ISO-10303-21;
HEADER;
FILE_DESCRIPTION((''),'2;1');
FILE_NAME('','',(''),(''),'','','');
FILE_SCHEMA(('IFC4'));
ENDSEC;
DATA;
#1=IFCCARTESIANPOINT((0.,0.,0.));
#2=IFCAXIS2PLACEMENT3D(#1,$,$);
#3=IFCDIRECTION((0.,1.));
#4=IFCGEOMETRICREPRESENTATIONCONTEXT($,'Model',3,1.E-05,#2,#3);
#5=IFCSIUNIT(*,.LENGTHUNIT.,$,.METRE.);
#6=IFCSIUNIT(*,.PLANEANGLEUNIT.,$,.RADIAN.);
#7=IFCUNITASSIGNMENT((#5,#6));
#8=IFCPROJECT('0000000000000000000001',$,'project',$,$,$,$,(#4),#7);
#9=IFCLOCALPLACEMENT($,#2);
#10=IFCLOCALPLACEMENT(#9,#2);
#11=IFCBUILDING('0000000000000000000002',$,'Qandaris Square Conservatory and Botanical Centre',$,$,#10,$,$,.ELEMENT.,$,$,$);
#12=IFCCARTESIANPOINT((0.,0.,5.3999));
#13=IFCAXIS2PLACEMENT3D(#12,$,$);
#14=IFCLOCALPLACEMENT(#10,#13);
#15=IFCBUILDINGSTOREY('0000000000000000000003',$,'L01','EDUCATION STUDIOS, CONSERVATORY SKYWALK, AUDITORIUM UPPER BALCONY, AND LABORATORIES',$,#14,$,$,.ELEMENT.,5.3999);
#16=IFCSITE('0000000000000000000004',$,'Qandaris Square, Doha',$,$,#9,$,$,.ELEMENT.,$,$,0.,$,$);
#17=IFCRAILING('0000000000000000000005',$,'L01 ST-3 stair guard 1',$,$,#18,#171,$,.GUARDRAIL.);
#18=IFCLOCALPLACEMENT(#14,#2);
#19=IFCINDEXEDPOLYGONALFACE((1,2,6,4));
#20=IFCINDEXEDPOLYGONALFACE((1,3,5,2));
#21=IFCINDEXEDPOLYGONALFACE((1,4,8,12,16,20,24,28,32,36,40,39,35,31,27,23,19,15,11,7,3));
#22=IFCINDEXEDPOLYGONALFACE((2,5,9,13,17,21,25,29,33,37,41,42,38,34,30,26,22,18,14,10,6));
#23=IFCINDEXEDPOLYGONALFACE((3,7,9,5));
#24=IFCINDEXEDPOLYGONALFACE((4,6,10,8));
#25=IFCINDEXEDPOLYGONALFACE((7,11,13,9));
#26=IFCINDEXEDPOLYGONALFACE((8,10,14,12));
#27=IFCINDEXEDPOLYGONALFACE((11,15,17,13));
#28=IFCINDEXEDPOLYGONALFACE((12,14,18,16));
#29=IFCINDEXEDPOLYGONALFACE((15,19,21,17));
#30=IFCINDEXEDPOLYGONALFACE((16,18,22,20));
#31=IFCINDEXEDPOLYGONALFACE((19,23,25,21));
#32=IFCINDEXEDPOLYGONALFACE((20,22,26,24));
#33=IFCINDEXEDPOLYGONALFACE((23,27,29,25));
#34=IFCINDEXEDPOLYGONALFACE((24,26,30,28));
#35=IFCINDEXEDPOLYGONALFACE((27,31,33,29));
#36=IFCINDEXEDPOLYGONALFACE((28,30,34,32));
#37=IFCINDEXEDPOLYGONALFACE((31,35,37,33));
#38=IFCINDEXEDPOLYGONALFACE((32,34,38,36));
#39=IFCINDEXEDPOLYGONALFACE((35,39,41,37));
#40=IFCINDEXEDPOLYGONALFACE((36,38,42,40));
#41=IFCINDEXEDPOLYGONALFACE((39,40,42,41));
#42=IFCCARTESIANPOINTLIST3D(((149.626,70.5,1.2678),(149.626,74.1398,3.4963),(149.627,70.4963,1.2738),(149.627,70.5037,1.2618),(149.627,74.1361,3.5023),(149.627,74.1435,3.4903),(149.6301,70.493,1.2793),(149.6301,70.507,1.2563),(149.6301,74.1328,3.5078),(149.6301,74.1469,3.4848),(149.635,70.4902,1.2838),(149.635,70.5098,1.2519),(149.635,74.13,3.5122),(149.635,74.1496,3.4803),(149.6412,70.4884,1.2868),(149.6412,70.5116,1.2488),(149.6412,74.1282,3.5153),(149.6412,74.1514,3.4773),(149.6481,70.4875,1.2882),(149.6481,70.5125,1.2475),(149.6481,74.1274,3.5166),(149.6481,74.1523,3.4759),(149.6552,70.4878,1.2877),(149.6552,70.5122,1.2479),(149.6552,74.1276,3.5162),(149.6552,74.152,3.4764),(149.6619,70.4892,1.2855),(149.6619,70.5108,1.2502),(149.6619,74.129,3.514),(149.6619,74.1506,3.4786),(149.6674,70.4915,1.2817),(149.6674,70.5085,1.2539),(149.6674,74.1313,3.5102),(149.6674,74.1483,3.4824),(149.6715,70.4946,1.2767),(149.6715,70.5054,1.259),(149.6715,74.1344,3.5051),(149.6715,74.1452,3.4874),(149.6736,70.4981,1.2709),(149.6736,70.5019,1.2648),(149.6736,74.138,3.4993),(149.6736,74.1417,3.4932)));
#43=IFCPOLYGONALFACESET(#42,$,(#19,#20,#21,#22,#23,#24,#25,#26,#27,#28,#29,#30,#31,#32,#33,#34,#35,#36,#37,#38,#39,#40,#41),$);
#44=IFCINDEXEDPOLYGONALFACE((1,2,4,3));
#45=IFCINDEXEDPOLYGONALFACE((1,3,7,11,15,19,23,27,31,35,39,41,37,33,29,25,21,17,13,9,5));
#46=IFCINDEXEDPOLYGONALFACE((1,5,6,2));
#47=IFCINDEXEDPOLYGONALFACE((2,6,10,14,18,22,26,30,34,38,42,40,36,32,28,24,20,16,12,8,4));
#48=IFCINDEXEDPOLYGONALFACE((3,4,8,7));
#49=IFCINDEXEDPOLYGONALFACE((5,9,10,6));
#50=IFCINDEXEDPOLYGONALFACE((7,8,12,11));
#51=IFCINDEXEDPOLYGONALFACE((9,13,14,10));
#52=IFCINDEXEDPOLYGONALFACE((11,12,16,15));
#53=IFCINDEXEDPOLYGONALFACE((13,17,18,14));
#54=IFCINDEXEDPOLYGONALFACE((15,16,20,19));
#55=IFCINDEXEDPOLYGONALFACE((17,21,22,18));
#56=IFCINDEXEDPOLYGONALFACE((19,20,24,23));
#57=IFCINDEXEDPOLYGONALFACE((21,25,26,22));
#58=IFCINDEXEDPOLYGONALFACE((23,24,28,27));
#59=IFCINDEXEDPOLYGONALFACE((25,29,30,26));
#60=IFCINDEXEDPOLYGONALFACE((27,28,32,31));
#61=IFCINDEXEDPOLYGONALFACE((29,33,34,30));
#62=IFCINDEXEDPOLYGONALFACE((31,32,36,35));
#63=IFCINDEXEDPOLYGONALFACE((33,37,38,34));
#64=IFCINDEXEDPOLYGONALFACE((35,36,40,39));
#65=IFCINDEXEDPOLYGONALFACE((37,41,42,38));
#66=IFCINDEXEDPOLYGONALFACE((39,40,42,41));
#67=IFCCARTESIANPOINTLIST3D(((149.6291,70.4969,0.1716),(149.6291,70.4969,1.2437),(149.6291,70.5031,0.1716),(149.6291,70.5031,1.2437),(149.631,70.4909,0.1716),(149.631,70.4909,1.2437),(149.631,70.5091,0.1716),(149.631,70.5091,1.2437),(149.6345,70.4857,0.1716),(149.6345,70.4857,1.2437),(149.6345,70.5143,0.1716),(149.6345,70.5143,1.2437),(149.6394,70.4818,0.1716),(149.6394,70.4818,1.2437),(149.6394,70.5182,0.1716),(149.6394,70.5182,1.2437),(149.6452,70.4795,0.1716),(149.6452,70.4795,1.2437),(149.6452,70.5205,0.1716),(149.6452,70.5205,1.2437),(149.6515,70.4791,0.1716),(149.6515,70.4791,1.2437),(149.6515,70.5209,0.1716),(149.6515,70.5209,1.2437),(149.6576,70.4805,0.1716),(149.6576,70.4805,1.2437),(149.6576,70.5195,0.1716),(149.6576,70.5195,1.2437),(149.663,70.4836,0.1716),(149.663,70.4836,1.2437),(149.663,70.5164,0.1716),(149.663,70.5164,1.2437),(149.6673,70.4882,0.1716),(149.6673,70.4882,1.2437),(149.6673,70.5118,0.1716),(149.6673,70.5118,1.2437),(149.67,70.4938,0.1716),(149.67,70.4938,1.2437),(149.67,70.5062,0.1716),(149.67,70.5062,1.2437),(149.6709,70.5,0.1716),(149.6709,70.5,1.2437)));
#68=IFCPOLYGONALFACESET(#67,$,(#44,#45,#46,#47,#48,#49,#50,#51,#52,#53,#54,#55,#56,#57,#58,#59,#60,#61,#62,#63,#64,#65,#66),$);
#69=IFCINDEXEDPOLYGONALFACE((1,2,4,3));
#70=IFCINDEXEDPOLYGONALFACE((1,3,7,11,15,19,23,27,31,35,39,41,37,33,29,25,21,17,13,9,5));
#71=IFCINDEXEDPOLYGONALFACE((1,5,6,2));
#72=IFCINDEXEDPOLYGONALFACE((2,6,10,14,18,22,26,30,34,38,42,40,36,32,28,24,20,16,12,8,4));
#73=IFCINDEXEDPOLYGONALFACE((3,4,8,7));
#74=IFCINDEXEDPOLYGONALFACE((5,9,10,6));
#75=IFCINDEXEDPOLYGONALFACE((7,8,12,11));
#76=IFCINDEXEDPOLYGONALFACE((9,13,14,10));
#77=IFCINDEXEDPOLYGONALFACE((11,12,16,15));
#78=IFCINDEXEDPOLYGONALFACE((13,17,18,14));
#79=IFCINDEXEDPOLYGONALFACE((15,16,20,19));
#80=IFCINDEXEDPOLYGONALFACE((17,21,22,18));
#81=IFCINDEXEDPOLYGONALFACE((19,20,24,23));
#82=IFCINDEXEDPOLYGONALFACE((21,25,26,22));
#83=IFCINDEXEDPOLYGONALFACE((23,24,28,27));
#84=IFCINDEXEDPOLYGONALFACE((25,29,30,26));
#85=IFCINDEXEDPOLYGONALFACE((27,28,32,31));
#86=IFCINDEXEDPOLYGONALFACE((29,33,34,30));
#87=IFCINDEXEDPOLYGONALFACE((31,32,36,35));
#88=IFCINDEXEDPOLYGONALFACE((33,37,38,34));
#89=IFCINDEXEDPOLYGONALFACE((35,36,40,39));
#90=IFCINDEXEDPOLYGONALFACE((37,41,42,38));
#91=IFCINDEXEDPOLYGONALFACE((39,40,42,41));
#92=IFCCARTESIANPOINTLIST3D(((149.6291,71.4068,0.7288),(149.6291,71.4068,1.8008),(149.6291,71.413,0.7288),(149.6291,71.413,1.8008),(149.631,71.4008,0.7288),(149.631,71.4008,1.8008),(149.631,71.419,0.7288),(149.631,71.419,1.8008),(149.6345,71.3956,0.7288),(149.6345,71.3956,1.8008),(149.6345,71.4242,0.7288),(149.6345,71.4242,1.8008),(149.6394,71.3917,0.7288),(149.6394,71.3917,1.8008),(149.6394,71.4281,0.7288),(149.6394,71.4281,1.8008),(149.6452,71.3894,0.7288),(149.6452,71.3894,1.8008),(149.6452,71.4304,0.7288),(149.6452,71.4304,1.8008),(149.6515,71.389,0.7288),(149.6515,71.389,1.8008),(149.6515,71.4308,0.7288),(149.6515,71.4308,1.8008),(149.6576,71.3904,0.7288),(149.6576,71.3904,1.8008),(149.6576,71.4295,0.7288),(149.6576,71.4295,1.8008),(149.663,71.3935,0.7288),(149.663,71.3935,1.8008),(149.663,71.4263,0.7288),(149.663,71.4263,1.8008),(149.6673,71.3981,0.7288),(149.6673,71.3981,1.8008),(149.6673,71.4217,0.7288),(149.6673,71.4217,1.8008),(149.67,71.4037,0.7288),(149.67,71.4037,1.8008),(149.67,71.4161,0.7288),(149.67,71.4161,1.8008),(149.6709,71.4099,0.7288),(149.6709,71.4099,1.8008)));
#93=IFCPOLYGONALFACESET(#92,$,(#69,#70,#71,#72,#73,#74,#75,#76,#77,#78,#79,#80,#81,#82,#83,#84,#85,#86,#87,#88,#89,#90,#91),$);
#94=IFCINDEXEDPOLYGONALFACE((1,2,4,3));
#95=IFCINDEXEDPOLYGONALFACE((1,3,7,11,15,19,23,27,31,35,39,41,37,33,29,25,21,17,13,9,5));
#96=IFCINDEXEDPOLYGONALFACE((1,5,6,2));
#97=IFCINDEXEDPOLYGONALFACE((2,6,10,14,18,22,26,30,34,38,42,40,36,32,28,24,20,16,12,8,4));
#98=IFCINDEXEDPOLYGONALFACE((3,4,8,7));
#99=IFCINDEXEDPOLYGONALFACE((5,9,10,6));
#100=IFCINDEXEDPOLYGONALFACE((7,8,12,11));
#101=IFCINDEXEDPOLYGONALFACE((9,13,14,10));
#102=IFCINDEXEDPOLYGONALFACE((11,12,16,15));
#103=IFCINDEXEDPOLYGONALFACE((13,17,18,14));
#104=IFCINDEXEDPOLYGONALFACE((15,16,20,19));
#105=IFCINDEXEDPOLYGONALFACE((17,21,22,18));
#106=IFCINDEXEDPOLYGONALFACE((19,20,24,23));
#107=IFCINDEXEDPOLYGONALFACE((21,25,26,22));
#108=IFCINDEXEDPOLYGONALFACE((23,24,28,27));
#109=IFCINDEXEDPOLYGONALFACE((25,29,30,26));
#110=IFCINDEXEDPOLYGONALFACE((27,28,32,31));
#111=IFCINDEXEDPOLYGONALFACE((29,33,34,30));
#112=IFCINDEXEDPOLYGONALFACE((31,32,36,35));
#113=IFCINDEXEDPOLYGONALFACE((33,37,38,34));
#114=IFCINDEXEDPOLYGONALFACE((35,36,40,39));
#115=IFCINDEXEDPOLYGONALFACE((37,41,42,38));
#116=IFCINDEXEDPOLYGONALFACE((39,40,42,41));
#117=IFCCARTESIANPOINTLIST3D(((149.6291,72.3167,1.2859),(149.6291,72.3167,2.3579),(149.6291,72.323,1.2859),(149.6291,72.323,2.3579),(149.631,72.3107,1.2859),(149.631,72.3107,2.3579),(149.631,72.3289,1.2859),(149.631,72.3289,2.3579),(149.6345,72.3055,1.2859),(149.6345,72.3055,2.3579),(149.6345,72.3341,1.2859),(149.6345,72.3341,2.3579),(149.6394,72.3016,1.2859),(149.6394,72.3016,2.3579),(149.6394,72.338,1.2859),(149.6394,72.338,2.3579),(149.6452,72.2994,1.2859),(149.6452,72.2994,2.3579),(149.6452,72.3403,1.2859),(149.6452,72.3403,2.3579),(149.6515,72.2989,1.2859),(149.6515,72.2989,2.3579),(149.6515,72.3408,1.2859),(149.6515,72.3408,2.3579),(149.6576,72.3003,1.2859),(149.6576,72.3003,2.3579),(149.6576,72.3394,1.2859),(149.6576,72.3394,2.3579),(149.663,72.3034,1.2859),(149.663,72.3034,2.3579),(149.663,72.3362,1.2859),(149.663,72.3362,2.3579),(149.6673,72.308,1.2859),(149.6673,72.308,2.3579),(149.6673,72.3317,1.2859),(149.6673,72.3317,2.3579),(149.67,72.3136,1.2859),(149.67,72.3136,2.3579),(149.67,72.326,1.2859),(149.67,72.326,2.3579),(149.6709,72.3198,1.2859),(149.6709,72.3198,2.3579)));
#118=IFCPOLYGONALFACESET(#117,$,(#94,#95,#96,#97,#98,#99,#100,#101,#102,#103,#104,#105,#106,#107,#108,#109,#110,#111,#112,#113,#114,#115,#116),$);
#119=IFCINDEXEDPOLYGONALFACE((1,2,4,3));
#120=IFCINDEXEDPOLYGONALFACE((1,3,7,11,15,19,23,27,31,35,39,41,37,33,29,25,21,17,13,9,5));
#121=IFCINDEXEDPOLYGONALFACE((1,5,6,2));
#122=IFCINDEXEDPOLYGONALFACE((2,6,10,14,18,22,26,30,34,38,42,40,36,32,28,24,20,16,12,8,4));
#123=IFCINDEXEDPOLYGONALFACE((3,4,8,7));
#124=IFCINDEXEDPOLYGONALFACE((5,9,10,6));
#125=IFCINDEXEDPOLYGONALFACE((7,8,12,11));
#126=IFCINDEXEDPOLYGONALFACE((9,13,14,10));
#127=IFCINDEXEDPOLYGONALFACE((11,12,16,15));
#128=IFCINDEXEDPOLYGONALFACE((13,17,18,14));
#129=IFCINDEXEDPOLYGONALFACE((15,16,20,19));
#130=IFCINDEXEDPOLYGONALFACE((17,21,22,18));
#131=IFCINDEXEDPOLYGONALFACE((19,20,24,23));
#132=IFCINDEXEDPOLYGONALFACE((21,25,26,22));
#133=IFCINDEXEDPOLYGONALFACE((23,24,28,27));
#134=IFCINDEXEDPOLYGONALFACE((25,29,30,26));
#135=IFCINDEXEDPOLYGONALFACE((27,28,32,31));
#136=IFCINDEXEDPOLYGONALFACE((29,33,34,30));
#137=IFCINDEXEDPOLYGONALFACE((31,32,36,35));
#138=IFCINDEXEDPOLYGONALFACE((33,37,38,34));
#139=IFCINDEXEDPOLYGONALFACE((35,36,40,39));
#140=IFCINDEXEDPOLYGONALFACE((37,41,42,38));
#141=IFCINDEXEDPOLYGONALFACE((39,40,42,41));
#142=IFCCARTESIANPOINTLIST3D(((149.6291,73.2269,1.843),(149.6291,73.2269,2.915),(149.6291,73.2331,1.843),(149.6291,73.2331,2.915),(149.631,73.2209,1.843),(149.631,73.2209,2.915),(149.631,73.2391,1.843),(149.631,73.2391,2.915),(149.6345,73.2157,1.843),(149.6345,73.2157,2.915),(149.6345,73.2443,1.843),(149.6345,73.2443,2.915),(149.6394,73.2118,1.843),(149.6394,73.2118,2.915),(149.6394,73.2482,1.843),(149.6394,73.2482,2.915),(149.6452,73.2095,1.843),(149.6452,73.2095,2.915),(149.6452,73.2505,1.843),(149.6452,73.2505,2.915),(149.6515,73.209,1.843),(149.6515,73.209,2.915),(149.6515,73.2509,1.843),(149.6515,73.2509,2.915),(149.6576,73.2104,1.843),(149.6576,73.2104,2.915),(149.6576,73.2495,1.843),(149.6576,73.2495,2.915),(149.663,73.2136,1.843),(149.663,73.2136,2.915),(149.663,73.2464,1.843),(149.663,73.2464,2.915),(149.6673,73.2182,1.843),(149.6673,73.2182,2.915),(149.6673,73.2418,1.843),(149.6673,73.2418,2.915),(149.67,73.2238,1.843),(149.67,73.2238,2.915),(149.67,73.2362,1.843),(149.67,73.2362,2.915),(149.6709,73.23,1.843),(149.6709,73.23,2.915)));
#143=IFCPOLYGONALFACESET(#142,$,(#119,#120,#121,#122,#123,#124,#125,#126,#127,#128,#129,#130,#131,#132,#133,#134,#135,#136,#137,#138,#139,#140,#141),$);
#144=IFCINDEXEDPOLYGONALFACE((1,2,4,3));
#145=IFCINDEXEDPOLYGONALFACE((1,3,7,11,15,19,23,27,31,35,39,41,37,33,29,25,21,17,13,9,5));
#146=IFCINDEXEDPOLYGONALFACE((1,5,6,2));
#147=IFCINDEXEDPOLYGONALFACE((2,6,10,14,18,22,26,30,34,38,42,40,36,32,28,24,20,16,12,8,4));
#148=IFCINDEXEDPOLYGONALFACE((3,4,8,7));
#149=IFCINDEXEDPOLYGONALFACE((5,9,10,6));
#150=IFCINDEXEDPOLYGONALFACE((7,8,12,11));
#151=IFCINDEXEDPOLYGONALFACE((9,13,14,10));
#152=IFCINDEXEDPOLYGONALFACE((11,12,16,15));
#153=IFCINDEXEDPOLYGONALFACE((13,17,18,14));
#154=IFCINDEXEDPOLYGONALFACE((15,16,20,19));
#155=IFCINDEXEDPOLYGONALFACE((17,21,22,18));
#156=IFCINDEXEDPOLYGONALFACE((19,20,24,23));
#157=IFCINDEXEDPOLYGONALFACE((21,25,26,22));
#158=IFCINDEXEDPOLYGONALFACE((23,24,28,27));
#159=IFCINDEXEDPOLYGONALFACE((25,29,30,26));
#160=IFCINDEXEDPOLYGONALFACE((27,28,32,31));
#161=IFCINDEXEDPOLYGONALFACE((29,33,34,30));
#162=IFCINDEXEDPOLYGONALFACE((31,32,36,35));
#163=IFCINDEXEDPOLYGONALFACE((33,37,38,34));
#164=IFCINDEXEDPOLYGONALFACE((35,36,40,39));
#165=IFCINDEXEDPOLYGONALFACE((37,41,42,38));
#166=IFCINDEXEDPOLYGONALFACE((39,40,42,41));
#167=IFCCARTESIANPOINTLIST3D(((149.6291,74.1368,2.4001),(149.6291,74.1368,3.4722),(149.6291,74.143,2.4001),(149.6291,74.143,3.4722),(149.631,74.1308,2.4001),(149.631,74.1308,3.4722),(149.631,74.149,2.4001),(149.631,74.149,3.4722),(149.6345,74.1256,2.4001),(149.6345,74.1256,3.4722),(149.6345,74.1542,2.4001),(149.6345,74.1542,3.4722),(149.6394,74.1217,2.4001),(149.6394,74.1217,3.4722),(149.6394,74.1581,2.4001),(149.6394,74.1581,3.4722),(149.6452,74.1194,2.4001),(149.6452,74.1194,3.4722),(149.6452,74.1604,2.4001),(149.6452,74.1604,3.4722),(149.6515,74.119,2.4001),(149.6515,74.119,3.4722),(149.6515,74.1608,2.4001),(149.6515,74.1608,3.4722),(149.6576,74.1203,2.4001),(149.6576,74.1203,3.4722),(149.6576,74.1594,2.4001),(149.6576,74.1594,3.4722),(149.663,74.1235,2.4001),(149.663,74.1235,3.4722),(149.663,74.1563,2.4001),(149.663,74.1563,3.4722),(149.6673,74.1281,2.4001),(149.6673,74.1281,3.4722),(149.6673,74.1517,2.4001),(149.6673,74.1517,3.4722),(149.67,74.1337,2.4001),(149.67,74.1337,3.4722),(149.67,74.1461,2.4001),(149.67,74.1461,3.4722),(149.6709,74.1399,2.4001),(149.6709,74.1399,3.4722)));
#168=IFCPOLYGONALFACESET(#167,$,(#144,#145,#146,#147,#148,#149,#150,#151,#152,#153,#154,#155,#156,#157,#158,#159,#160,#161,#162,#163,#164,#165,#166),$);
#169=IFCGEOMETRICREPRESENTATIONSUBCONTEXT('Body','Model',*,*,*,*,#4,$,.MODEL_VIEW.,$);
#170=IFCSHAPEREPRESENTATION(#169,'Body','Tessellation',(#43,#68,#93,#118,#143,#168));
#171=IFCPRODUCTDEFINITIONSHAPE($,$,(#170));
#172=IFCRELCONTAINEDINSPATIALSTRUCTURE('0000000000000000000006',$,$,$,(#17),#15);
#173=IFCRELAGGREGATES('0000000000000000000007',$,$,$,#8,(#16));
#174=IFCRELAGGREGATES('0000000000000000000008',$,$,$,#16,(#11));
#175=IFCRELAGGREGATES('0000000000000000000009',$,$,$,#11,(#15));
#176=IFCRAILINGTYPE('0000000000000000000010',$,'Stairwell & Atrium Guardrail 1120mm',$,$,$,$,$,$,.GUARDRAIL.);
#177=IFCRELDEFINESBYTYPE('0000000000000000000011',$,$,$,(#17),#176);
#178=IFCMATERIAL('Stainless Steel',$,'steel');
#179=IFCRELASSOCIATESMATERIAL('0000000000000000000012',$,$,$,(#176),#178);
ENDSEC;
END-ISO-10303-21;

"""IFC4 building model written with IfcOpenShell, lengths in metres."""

from ifc_helpers import new_model, si_unit, direction, frame, origin, origin_2d, place, context, subcontext, project, spatial, circle, extrude, material, type_object, element, save


model = new_model("IFC4")

# Units and contexts
model_context = context("Model", 3, precision=1e-05, world=origin(), true_north=direction((0.0, 1.0)))
body_context = subcontext(model_context, "Body", "Model", "MODEL_VIEW")
ifc_project = project(units=[si_unit("LENGTHUNIT", "METRE"), si_unit("PLANEANGLEUNIT", "RADIAN")], contexts=[model_context])

# Site, building, storey
site_placement = place(None, origin())
site = spatial("IfcSite", under=ifc_project, at=site_placement, Name="Qandaris Square, Doha", CompositionType="ELEMENT", RefElevation=0.0)
building_placement = place(site_placement, origin())
building = spatial("IfcBuilding", under=site, at=building_placement, Name="Qandaris Square Conservatory and Botanical Centre", CompositionType="ELEMENT")
storey_placement = place(building_placement, frame((0.0, 0.0, 5.3999)))
storey = spatial("IfcBuildingStorey", under=building, at=storey_placement, Name="L01", Description="EDUCATION STUDIOS, CONSERVATORY SKYWALK, AUDITORIUM UPPER BALCONY, AND LABORATORIES", CompositionType="ELEMENT", Elevation=5.3999)

# Railing
ifc_material_1 = material(Name="Stainless Steel", Category="steel")
railing_type_1 = type_object("IfcRailingType", Name="Stairwell & Atrium Guardrail 1120mm", PredefinedType="GUARDRAIL", material=ifc_material_1)
railing_1_placement = place(storey_placement, frame((149.6499, 70.5, 0.1716)))
element("IfcRailing", 1, at=railing_1_placement, inside=storey, type_object=railing_type_1, Name="L01 ST-3 stair guard 1", PredefinedType="GUARDRAIL", context=body_context, shape_type="SweptSolid", body=[
    extrude(circle(Radius=0.0239, at=origin_2d()), frame((0.0, 0.0, 1.0962), z_axis=(0.0, 0.85285, 0.522156), x_axis=(-1.0, 0.0, 0.0)), (0.0, 0.0, 1.0), 4.2678),
    extrude(circle(Radius=0.021, at=origin_2d()), origin(), (0.0, 0.0, 1.0), 1.072),
    extrude(circle(Radius=0.021, at=origin_2d()), frame((0.0, 0.9099, 0.5571)), (0.0, 0.0, 1.0), 1.072),
    extrude(circle(Radius=0.021, at=origin_2d()), frame((0.0, 1.8198, 1.1143)), (0.0, 0.0, 1.0), 1.072),
    extrude(circle(Radius=0.021, at=origin_2d()), frame((0.0, 2.73, 1.6714)), (0.0, 0.0, 1.0), 1.072),
    extrude(circle(Radius=0.021, at=origin_2d()), frame((0.0, 3.6399, 2.2285)), (0.0, 0.0, 1.0), 1.072),
])

save(model, "model.ifc")
